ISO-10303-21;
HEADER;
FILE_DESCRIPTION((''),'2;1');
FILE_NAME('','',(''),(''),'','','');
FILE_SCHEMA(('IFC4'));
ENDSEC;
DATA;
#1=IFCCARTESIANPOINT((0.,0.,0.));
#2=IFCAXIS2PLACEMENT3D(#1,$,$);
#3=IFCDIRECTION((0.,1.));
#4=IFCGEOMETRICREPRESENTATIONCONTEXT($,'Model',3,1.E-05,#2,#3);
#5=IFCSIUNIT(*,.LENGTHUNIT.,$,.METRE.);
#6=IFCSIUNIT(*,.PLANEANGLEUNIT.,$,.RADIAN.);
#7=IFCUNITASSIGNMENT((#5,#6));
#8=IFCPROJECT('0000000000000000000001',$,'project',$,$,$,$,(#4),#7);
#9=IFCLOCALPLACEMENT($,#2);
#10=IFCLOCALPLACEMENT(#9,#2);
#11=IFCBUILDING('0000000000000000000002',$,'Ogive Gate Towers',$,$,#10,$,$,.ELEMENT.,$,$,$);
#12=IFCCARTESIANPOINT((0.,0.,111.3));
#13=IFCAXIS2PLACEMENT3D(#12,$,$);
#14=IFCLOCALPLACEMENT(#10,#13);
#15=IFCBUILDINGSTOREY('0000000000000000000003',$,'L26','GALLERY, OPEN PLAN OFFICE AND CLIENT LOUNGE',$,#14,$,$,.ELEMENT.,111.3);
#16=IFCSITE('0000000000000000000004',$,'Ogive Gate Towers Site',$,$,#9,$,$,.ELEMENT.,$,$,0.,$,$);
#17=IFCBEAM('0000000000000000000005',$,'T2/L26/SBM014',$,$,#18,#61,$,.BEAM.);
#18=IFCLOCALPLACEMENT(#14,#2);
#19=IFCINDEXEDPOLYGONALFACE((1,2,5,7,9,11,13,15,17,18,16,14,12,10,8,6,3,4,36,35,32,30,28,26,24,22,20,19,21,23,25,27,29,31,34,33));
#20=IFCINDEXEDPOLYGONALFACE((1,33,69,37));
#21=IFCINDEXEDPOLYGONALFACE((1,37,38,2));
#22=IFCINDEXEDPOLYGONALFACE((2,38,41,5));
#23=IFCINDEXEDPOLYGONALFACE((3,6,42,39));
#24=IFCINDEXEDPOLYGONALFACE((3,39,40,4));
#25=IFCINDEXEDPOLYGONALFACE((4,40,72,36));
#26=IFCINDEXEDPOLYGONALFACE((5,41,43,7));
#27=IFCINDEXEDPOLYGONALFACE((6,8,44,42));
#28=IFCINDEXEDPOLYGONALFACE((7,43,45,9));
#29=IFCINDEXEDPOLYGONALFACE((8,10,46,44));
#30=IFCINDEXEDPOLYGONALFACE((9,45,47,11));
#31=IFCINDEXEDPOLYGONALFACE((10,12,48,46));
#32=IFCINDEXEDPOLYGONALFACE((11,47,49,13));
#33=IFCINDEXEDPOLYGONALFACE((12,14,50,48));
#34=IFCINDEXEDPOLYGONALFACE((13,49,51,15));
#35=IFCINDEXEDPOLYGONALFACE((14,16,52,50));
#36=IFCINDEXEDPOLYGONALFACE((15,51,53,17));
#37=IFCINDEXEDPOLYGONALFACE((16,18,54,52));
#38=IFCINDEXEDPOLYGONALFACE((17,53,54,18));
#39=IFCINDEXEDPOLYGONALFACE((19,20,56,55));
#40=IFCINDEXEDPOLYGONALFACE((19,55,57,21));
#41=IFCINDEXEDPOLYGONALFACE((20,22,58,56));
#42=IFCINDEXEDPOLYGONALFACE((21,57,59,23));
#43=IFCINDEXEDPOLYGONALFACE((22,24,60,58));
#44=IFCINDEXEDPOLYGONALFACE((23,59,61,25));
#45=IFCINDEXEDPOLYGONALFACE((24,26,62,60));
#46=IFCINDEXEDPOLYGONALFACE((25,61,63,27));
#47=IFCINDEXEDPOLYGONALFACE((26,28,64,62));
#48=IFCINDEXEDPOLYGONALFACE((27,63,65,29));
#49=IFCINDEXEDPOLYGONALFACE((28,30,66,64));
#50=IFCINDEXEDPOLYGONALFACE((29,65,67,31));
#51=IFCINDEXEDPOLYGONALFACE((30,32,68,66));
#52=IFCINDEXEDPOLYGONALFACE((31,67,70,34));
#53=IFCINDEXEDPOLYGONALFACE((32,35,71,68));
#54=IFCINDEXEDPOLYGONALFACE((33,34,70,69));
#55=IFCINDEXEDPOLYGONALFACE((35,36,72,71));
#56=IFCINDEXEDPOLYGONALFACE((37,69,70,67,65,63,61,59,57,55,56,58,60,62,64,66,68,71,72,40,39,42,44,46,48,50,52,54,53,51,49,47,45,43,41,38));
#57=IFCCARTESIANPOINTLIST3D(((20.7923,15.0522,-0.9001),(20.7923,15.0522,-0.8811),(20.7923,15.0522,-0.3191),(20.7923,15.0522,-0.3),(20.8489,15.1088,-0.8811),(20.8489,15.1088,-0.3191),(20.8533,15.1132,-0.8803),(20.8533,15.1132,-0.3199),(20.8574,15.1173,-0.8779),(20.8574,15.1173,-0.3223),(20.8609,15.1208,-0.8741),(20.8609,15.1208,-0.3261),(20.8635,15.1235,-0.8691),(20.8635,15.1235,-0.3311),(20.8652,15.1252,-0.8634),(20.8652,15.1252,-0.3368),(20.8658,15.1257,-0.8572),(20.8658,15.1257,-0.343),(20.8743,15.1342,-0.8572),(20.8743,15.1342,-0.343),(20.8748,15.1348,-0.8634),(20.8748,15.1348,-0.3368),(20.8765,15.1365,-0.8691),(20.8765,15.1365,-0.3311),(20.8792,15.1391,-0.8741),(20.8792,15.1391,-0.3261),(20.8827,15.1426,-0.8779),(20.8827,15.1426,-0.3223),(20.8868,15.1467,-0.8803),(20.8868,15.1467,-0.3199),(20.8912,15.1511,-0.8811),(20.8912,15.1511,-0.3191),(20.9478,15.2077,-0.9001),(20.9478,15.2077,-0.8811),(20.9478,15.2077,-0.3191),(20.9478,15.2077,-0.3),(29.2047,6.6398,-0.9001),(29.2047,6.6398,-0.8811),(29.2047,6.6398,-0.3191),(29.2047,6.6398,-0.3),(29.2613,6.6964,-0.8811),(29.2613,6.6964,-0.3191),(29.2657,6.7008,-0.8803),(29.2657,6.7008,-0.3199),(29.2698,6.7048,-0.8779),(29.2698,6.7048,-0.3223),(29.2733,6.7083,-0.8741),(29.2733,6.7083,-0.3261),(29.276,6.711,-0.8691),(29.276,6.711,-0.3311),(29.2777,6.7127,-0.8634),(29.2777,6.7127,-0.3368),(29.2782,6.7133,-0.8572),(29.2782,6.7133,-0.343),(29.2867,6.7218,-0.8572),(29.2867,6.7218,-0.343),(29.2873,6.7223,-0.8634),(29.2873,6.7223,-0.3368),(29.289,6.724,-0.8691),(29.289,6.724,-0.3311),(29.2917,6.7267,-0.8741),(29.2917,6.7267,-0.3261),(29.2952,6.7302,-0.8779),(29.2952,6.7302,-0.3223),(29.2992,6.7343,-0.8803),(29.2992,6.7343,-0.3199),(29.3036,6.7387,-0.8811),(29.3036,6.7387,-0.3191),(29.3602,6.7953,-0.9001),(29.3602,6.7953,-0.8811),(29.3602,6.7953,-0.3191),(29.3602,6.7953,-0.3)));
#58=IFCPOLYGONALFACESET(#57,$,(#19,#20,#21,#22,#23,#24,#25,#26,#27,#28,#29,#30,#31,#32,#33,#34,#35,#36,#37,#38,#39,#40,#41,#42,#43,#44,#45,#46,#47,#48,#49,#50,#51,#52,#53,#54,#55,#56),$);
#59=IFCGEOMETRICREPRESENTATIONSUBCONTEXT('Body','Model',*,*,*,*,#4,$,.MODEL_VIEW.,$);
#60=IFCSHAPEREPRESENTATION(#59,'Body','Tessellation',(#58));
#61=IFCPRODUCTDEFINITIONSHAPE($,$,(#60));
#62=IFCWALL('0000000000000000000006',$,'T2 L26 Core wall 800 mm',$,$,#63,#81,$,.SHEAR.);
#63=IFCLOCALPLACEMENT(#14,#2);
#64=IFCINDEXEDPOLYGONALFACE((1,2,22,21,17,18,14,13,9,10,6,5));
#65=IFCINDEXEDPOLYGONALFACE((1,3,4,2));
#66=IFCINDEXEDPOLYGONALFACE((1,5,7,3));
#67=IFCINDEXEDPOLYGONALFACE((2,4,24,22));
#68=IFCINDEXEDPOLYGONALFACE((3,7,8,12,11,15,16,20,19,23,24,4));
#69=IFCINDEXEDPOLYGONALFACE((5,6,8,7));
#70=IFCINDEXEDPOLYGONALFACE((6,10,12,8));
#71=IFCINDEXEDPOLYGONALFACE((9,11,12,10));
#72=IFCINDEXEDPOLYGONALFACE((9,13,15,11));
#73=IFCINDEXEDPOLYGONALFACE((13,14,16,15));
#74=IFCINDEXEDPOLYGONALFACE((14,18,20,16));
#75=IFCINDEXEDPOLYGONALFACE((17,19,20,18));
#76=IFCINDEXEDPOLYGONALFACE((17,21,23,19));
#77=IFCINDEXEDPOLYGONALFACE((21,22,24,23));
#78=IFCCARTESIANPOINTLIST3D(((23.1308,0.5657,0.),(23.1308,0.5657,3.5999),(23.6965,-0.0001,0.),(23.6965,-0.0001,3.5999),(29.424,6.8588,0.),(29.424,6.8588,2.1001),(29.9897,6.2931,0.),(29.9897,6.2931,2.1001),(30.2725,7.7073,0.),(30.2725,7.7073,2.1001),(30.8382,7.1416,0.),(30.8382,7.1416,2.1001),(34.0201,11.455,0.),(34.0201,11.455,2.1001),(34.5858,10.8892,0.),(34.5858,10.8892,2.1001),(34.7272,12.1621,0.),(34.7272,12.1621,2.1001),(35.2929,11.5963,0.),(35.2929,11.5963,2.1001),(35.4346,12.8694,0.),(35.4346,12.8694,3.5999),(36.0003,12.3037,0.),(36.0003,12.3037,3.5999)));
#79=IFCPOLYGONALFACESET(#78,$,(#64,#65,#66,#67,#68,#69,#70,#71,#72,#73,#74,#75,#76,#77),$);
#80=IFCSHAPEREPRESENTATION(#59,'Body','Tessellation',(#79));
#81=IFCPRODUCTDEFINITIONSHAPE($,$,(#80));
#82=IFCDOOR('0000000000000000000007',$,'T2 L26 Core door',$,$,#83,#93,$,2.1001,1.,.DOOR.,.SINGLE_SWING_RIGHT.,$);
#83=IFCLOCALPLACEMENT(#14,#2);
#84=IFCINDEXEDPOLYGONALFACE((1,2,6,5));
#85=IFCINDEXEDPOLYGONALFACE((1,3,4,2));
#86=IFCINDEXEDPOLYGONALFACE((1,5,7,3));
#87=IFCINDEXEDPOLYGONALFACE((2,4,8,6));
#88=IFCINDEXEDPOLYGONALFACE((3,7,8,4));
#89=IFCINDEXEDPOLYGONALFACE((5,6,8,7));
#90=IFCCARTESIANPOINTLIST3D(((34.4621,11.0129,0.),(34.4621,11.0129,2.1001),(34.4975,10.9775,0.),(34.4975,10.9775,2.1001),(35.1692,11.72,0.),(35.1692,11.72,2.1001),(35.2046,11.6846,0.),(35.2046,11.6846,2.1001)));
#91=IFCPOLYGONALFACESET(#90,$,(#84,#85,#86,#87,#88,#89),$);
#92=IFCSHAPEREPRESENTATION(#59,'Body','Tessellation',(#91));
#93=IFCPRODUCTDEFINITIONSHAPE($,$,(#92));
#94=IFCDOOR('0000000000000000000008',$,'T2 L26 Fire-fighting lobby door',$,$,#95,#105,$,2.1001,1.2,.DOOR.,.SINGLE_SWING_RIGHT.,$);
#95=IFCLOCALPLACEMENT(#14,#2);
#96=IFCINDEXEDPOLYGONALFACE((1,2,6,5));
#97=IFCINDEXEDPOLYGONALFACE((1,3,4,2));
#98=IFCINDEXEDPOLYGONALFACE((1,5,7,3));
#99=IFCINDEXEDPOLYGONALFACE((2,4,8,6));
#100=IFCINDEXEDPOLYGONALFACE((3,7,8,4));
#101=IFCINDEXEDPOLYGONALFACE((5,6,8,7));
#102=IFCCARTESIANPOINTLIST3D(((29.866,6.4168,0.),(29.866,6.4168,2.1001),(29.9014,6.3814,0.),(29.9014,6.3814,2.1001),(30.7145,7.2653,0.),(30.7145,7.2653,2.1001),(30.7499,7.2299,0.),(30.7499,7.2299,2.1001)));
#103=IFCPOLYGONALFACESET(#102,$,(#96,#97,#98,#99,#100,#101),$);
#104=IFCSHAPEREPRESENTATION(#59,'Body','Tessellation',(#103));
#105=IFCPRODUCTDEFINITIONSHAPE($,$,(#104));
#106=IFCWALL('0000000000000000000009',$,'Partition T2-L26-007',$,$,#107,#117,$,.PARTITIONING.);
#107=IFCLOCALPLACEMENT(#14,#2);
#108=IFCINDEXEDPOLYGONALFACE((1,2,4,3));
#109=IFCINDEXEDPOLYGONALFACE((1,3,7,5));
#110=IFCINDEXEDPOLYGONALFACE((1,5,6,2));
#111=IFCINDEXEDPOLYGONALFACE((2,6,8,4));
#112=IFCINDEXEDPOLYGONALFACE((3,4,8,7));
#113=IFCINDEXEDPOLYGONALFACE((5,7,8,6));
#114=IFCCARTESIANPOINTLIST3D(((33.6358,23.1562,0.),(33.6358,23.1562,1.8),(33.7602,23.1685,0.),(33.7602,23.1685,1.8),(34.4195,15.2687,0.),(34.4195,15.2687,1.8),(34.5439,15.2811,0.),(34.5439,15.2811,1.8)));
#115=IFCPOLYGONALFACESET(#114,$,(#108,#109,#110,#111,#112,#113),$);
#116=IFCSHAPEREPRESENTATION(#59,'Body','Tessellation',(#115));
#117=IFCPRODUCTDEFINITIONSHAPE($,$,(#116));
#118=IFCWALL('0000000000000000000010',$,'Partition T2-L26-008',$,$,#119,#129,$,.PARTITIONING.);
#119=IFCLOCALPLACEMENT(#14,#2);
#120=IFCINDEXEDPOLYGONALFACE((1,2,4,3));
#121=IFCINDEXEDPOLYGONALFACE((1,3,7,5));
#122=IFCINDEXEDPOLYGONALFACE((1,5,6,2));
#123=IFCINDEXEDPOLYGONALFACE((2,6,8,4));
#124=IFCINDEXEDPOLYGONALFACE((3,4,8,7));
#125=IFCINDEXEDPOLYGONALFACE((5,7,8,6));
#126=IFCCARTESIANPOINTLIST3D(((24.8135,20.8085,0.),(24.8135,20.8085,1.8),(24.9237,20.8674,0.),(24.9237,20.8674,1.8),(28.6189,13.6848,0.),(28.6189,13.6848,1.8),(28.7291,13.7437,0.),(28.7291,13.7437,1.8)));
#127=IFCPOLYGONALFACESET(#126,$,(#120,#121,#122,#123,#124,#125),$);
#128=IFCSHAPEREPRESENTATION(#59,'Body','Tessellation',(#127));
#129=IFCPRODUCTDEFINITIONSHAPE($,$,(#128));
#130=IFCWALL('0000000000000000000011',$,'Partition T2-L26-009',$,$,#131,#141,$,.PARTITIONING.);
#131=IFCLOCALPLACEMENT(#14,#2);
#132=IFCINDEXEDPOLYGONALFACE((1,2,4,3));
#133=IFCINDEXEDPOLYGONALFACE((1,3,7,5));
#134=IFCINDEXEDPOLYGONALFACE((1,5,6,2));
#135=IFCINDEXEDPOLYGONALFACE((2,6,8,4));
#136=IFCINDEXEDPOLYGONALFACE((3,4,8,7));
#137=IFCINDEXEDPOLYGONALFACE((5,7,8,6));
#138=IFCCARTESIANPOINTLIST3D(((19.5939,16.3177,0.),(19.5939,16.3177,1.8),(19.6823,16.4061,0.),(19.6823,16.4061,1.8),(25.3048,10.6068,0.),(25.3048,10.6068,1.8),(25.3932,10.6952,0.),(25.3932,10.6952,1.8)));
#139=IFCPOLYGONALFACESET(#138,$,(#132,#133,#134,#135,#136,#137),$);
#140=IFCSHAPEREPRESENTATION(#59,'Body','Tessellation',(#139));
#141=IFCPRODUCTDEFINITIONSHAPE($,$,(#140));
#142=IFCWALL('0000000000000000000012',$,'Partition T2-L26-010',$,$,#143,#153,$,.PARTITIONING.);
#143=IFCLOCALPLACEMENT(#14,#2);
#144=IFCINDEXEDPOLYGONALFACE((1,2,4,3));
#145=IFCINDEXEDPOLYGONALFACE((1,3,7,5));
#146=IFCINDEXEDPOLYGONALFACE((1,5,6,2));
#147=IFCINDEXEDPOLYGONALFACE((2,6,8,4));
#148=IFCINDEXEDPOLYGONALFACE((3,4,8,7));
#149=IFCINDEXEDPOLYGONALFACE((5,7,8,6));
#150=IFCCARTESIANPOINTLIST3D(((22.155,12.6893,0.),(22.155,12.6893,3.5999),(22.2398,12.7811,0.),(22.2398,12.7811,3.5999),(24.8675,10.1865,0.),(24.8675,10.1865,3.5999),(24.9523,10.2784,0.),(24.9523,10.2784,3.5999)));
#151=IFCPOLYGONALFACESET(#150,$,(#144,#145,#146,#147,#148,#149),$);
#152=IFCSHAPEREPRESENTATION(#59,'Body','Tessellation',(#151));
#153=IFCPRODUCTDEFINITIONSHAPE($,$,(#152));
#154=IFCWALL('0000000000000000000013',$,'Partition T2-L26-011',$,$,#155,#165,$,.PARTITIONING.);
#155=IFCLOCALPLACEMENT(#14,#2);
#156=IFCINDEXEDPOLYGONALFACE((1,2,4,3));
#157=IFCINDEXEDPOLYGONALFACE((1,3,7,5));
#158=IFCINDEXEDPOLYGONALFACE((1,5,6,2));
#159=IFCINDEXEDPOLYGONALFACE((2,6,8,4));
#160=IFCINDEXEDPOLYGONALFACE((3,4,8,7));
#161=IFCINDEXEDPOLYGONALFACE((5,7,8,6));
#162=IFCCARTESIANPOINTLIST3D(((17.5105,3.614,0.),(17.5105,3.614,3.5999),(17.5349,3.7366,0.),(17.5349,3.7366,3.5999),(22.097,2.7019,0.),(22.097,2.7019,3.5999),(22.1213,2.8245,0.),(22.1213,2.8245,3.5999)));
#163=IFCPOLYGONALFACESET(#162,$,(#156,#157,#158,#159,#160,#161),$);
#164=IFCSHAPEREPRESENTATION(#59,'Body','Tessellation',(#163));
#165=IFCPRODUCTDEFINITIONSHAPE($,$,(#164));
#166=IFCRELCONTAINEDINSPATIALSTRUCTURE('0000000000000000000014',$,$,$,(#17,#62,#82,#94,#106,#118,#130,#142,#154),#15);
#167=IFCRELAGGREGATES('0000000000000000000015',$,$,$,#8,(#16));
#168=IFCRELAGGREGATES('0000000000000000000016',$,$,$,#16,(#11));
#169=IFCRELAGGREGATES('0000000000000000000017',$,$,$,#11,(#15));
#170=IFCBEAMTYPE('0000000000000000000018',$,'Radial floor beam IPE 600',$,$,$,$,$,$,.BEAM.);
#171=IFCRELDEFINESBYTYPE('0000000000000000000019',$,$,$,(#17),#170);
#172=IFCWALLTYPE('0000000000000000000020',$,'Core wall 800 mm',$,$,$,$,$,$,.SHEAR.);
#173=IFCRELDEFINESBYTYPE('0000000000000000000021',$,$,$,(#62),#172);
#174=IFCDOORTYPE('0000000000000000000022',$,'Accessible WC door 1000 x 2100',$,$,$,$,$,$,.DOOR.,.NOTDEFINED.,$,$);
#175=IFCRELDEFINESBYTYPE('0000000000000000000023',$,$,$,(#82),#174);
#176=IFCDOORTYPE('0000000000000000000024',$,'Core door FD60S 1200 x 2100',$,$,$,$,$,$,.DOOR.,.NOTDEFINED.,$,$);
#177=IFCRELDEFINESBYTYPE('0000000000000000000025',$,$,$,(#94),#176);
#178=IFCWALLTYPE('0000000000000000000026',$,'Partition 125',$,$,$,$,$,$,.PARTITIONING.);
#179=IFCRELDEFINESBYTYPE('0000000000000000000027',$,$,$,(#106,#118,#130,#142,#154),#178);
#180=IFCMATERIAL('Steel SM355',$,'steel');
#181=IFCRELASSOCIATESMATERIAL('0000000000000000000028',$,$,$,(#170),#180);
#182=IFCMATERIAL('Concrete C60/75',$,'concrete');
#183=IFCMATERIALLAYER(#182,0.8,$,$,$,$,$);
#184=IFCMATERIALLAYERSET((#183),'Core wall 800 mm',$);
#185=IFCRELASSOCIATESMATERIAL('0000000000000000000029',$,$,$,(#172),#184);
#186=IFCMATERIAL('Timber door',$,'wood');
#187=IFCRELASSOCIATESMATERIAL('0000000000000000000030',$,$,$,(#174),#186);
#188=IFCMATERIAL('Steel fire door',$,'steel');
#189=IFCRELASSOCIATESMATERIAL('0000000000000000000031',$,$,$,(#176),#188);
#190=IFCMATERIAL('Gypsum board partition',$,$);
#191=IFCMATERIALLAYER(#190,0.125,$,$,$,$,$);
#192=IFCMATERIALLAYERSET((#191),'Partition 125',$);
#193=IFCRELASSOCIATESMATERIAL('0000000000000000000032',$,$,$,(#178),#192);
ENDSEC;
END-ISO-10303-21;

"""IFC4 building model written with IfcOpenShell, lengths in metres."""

from ifc_helpers import new_model, si_unit, direction, frame, frame_2d, origin, origin_2d, place, context, subcontext, project, spatial, rectangle, i_section, extrude, material, layer, layer_set, material_profile, profile_set, type_object, element, fill, save


model = new_model("IFC4")

# Units and contexts
model_context = context("Model", 3, precision=1e-05, world=origin(), true_north=direction((0.0, 1.0)))
body_context = subcontext(model_context, "Body", "Model", "MODEL_VIEW")
ifc_project = project(units=[si_unit("LENGTHUNIT", "METRE"), si_unit("PLANEANGLEUNIT", "RADIAN")], contexts=[model_context])

# Site, building, storey
site_placement = place(None, origin())
site = spatial("IfcSite", under=ifc_project, at=site_placement, Name="Ogive Gate Towers Site", CompositionType="ELEMENT", RefElevation=0.0)
building_placement = place(site_placement, origin())
building = spatial("IfcBuilding", under=site, at=building_placement, Name="Ogive Gate Towers", CompositionType="ELEMENT")
storey_placement = place(building_placement, frame((0.0, 0.0, 111.3)))
storey = spatial("IfcBuildingStorey", under=building, at=storey_placement, Name="L26", Description="GALLERY, OPEN PLAN OFFICE AND CLIENT LOUNGE", CompositionType="ELEMENT", Elevation=111.3)

# Beam
ifc_material_1 = material(Name="Steel SM355", Category="steel")
ifc_material_profile_1 = material_profile(ifc_material_1, i_section(OverallWidth=0.22, OverallDepth=0.6001, WebThickness=0.012, FlangeThickness=0.019, FilletRadius=0.0239, at=origin_2d()), Name="IPE 600")
ifc_profile_set_1 = profile_set([ifc_material_profile_1], Name="Steel SM355")
beam_type_1 = type_object("IfcBeamType", Name="Radial floor beam IPE 600", PredefinedType="BEAM", material=ifc_profile_set_1)
beam_1_placement = place(storey_placement, frame((29.2825, 6.7175, -0.6001), z_axis=(-0.707107, 0.707107, 0.0), x_axis=(-0.707107, -0.707107, 0.0)))
element("IfcBeam", 1, at=beam_1_placement, inside=storey, type_object=beam_type_1, Name="T2/L26/SBM014", PredefinedType="BEAM", context=body_context, shape_type="SweptSolid", body=[
    extrude(i_section(OverallWidth=0.22, OverallDepth=0.6001, WebThickness=0.012, FlangeThickness=0.019, FilletRadius=0.0239, at=origin_2d()), origin(), (0.0, 0.0, 1.0), 11.897),
])

# Wall, openings, doors
ifc_material_2 = material(Name="Concrete C60/75", Category="concrete")
ifc_layer_1 = layer(ifc_material_2, 0.8)
ifc_layer_set_1 = layer_set([ifc_layer_1], Name="Core wall 800 mm")
wall_type_1 = type_object("IfcWallType", Name="Core wall 800 mm", PredefinedType="SHEAR", material=ifc_layer_set_1)
wall_1_placement = place(storey_placement, frame((23.4136, 0.2827, 0.0), z_axis=(0.0, 0.0, 1.0), x_axis=(0.707107, 0.707107, 0.0)))
wall_1 = element("IfcWall", 2, at=wall_1_placement, inside=storey, type_object=wall_type_1, Name="T2 L26 Core wall 800 mm", PredefinedType="SHEAR", context=body_context, shape_type="SweptSolid", body=[
    extrude(rectangle(XDim=17.4001, YDim=0.8, at=frame_2d((8.7002, 0.0))), origin(), (0.0, 0.0, 1.0), 3.5999),
])
opening_1_placement = place(wall_1_placement, frame((8.8999, 0.0, 0.0)))
opening_1 = element("IfcOpeningElement", 3, at=opening_1_placement, cuts=wall_1, PredefinedType="OPENING", context=body_context, shape_type="SweptSolid", body=[
    extrude(rectangle(XDim=1.2, YDim=2.1001, at=frame_2d((0.6001, 1.05))), frame((0.0, 0.4102, 0.0), z_axis=(0.0, -1.0, 0.0), x_axis=(1.0, 0.0, 0.0)), (0.0, 0.0, 1.0), 0.8201),
])
opening_2_placement = place(wall_1_placement, frame((15.3999, 0.0, 0.0)))
opening_2 = element("IfcOpeningElement", 4, at=opening_2_placement, cuts=wall_1, PredefinedType="OPENING", context=body_context, shape_type="SweptSolid", body=[
    extrude(rectangle(XDim=1.0, YDim=2.1001, at=frame_2d((0.5, 1.05))), frame((0.0, 0.4102, 0.0), z_axis=(0.0, -1.0, 0.0), x_axis=(1.0, 0.0, 0.0)), (0.0, 0.0, 1.0), 0.8201),
])
ifc_material_3 = material(Name="Timber door", Category="wood")
door_type_1 = type_object("IfcDoorType", Name="Accessible WC door 1000 x 2100", OperationType="NOTDEFINED", PredefinedType="DOOR", material=ifc_material_3)
door_1_placement = place(opening_2_placement, origin())
door_1 = element("IfcDoor", 5, at=door_1_placement, inside=storey, type_object=door_type_1, Name="T2 L26 Core door", OperationType="SINGLE_SWING_RIGHT", OverallHeight=2.1001, OverallWidth=1.0, PredefinedType="DOOR", context=body_context, shape_type="SweptSolid", body=[
    extrude(rectangle(XDim=1.0, YDim=2.1001, at=frame_2d((0.5, 1.05))), frame((0.0, -0.2251, 0.0), z_axis=(0.0, -1.0, 0.0), x_axis=(1.0, 0.0, 0.0)), (0.0, 0.0, 1.0), 0.05),
])
fill(opening_2, door_1)
ifc_material_4 = material(Name="Steel fire door", Category="steel")
door_type_2 = type_object("IfcDoorType", Name="Core door FD60S 1200 x 2100", OperationType="NOTDEFINED", PredefinedType="DOOR", material=ifc_material_4)
door_2_placement = place(opening_1_placement, origin())
door_2 = element("IfcDoor", 6, at=door_2_placement, inside=storey, type_object=door_type_2, Name="T2 L26 Fire-fighting lobby door", OperationType="SINGLE_SWING_RIGHT", OverallHeight=2.1001, OverallWidth=1.2, PredefinedType="DOOR", context=body_context, shape_type="SweptSolid", body=[
    extrude(rectangle(XDim=1.2, YDim=2.1001, at=frame_2d((0.6001, 1.05))), frame((0.0, -0.2251, 0.0), z_axis=(0.0, -1.0, 0.0), x_axis=(1.0, 0.0, 0.0)), (0.0, 0.0, 1.0), 0.05),
])
fill(opening_1, door_2)

# Walls
ifc_material_5 = material(Name="Gypsum board partition")
ifc_layer_2 = layer(ifc_material_5, 0.125)
ifc_layer_set_2 = layer_set([ifc_layer_2], Name="Partition 125")
wall_type_2 = type_object("IfcWallType", Name="Partition 125", PredefinedType="PARTITIONING", material=ifc_layer_set_2)
wall_2_placement = place(storey_placement, frame((33.698, 23.1624, 0.0), z_axis=(0.0, 0.0, 1.0), x_axis=(0.098872, -0.9951, 0.0)))
element("IfcWall", 7, at=wall_2_placement, inside=storey, type_object=wall_type_2, Name="Partition T2-L26-007", PredefinedType="PARTITIONING", context=body_context, shape_type="SweptSolid", body=[
    extrude(rectangle(XDim=7.9263, YDim=0.125, at=frame_2d((3.9631, 0.0))), origin(), (0.0, 0.0, 1.0), 1.8),
])
for number, where, z_axis, x_axis, name in (
    (8, (24.8687, 20.8379, 0.0), (0.0, 0.0, 1.0), (0.471173, -0.882041, 0.0), "Partition T2-L26-008"),
    (9, (19.6382, 16.3618, 0.0), (0.0, 0.0, 1.0), (0.707107, -0.707107, 0.0), "Partition T2-L26-009"),
):
    element("IfcWall", number, at=place(storey_placement, frame(where, z_axis=z_axis, x_axis=x_axis)), inside=storey, type_object=wall_type_2, Name=name, PredefinedType="PARTITIONING", context=body_context, shape_type="SweptSolid", body=[
        extrude(rectangle(XDim=8.0764, YDim=0.125, at=frame_2d((4.0381, 0.0))), origin(), (0.0, 0.0, 1.0), 1.8),
    ])
wall_3_placement = place(storey_placement, frame((22.1975, 12.7351, 0.0), z_axis=(0.0, 0.0, 1.0), x_axis=(0.734948, -0.678123, 0.0)))
element("IfcWall", 10, at=wall_3_placement, inside=storey, type_object=wall_type_2, Name="Partition T2-L26-010", PredefinedType="PARTITIONING", context=body_context, shape_type="SweptSolid", body=[
    extrude(rectangle(XDim=3.6907, YDim=0.125, at=frame_2d((1.8452, 0.0))), origin(), (0.0, 0.0, 1.0), 3.5999),
])
wall_4_placement = place(storey_placement, frame((17.5227, 3.6753, 0.0), z_axis=(0.0, 0.0, 1.0), x_axis=(0.980793, -0.195052, 0.0)))
element("IfcWall", 11, at=wall_4_placement, inside=storey, type_object=wall_type_2, Name="Partition T2-L26-011", PredefinedType="PARTITIONING", context=body_context, shape_type="SweptSolid", body=[
    extrude(rectangle(XDim=4.6763, YDim=0.125, at=frame_2d((2.3381, 0.0))), origin(), (0.0, 0.0, 1.0), 3.5999),
])

save(model, "model.ifc")
